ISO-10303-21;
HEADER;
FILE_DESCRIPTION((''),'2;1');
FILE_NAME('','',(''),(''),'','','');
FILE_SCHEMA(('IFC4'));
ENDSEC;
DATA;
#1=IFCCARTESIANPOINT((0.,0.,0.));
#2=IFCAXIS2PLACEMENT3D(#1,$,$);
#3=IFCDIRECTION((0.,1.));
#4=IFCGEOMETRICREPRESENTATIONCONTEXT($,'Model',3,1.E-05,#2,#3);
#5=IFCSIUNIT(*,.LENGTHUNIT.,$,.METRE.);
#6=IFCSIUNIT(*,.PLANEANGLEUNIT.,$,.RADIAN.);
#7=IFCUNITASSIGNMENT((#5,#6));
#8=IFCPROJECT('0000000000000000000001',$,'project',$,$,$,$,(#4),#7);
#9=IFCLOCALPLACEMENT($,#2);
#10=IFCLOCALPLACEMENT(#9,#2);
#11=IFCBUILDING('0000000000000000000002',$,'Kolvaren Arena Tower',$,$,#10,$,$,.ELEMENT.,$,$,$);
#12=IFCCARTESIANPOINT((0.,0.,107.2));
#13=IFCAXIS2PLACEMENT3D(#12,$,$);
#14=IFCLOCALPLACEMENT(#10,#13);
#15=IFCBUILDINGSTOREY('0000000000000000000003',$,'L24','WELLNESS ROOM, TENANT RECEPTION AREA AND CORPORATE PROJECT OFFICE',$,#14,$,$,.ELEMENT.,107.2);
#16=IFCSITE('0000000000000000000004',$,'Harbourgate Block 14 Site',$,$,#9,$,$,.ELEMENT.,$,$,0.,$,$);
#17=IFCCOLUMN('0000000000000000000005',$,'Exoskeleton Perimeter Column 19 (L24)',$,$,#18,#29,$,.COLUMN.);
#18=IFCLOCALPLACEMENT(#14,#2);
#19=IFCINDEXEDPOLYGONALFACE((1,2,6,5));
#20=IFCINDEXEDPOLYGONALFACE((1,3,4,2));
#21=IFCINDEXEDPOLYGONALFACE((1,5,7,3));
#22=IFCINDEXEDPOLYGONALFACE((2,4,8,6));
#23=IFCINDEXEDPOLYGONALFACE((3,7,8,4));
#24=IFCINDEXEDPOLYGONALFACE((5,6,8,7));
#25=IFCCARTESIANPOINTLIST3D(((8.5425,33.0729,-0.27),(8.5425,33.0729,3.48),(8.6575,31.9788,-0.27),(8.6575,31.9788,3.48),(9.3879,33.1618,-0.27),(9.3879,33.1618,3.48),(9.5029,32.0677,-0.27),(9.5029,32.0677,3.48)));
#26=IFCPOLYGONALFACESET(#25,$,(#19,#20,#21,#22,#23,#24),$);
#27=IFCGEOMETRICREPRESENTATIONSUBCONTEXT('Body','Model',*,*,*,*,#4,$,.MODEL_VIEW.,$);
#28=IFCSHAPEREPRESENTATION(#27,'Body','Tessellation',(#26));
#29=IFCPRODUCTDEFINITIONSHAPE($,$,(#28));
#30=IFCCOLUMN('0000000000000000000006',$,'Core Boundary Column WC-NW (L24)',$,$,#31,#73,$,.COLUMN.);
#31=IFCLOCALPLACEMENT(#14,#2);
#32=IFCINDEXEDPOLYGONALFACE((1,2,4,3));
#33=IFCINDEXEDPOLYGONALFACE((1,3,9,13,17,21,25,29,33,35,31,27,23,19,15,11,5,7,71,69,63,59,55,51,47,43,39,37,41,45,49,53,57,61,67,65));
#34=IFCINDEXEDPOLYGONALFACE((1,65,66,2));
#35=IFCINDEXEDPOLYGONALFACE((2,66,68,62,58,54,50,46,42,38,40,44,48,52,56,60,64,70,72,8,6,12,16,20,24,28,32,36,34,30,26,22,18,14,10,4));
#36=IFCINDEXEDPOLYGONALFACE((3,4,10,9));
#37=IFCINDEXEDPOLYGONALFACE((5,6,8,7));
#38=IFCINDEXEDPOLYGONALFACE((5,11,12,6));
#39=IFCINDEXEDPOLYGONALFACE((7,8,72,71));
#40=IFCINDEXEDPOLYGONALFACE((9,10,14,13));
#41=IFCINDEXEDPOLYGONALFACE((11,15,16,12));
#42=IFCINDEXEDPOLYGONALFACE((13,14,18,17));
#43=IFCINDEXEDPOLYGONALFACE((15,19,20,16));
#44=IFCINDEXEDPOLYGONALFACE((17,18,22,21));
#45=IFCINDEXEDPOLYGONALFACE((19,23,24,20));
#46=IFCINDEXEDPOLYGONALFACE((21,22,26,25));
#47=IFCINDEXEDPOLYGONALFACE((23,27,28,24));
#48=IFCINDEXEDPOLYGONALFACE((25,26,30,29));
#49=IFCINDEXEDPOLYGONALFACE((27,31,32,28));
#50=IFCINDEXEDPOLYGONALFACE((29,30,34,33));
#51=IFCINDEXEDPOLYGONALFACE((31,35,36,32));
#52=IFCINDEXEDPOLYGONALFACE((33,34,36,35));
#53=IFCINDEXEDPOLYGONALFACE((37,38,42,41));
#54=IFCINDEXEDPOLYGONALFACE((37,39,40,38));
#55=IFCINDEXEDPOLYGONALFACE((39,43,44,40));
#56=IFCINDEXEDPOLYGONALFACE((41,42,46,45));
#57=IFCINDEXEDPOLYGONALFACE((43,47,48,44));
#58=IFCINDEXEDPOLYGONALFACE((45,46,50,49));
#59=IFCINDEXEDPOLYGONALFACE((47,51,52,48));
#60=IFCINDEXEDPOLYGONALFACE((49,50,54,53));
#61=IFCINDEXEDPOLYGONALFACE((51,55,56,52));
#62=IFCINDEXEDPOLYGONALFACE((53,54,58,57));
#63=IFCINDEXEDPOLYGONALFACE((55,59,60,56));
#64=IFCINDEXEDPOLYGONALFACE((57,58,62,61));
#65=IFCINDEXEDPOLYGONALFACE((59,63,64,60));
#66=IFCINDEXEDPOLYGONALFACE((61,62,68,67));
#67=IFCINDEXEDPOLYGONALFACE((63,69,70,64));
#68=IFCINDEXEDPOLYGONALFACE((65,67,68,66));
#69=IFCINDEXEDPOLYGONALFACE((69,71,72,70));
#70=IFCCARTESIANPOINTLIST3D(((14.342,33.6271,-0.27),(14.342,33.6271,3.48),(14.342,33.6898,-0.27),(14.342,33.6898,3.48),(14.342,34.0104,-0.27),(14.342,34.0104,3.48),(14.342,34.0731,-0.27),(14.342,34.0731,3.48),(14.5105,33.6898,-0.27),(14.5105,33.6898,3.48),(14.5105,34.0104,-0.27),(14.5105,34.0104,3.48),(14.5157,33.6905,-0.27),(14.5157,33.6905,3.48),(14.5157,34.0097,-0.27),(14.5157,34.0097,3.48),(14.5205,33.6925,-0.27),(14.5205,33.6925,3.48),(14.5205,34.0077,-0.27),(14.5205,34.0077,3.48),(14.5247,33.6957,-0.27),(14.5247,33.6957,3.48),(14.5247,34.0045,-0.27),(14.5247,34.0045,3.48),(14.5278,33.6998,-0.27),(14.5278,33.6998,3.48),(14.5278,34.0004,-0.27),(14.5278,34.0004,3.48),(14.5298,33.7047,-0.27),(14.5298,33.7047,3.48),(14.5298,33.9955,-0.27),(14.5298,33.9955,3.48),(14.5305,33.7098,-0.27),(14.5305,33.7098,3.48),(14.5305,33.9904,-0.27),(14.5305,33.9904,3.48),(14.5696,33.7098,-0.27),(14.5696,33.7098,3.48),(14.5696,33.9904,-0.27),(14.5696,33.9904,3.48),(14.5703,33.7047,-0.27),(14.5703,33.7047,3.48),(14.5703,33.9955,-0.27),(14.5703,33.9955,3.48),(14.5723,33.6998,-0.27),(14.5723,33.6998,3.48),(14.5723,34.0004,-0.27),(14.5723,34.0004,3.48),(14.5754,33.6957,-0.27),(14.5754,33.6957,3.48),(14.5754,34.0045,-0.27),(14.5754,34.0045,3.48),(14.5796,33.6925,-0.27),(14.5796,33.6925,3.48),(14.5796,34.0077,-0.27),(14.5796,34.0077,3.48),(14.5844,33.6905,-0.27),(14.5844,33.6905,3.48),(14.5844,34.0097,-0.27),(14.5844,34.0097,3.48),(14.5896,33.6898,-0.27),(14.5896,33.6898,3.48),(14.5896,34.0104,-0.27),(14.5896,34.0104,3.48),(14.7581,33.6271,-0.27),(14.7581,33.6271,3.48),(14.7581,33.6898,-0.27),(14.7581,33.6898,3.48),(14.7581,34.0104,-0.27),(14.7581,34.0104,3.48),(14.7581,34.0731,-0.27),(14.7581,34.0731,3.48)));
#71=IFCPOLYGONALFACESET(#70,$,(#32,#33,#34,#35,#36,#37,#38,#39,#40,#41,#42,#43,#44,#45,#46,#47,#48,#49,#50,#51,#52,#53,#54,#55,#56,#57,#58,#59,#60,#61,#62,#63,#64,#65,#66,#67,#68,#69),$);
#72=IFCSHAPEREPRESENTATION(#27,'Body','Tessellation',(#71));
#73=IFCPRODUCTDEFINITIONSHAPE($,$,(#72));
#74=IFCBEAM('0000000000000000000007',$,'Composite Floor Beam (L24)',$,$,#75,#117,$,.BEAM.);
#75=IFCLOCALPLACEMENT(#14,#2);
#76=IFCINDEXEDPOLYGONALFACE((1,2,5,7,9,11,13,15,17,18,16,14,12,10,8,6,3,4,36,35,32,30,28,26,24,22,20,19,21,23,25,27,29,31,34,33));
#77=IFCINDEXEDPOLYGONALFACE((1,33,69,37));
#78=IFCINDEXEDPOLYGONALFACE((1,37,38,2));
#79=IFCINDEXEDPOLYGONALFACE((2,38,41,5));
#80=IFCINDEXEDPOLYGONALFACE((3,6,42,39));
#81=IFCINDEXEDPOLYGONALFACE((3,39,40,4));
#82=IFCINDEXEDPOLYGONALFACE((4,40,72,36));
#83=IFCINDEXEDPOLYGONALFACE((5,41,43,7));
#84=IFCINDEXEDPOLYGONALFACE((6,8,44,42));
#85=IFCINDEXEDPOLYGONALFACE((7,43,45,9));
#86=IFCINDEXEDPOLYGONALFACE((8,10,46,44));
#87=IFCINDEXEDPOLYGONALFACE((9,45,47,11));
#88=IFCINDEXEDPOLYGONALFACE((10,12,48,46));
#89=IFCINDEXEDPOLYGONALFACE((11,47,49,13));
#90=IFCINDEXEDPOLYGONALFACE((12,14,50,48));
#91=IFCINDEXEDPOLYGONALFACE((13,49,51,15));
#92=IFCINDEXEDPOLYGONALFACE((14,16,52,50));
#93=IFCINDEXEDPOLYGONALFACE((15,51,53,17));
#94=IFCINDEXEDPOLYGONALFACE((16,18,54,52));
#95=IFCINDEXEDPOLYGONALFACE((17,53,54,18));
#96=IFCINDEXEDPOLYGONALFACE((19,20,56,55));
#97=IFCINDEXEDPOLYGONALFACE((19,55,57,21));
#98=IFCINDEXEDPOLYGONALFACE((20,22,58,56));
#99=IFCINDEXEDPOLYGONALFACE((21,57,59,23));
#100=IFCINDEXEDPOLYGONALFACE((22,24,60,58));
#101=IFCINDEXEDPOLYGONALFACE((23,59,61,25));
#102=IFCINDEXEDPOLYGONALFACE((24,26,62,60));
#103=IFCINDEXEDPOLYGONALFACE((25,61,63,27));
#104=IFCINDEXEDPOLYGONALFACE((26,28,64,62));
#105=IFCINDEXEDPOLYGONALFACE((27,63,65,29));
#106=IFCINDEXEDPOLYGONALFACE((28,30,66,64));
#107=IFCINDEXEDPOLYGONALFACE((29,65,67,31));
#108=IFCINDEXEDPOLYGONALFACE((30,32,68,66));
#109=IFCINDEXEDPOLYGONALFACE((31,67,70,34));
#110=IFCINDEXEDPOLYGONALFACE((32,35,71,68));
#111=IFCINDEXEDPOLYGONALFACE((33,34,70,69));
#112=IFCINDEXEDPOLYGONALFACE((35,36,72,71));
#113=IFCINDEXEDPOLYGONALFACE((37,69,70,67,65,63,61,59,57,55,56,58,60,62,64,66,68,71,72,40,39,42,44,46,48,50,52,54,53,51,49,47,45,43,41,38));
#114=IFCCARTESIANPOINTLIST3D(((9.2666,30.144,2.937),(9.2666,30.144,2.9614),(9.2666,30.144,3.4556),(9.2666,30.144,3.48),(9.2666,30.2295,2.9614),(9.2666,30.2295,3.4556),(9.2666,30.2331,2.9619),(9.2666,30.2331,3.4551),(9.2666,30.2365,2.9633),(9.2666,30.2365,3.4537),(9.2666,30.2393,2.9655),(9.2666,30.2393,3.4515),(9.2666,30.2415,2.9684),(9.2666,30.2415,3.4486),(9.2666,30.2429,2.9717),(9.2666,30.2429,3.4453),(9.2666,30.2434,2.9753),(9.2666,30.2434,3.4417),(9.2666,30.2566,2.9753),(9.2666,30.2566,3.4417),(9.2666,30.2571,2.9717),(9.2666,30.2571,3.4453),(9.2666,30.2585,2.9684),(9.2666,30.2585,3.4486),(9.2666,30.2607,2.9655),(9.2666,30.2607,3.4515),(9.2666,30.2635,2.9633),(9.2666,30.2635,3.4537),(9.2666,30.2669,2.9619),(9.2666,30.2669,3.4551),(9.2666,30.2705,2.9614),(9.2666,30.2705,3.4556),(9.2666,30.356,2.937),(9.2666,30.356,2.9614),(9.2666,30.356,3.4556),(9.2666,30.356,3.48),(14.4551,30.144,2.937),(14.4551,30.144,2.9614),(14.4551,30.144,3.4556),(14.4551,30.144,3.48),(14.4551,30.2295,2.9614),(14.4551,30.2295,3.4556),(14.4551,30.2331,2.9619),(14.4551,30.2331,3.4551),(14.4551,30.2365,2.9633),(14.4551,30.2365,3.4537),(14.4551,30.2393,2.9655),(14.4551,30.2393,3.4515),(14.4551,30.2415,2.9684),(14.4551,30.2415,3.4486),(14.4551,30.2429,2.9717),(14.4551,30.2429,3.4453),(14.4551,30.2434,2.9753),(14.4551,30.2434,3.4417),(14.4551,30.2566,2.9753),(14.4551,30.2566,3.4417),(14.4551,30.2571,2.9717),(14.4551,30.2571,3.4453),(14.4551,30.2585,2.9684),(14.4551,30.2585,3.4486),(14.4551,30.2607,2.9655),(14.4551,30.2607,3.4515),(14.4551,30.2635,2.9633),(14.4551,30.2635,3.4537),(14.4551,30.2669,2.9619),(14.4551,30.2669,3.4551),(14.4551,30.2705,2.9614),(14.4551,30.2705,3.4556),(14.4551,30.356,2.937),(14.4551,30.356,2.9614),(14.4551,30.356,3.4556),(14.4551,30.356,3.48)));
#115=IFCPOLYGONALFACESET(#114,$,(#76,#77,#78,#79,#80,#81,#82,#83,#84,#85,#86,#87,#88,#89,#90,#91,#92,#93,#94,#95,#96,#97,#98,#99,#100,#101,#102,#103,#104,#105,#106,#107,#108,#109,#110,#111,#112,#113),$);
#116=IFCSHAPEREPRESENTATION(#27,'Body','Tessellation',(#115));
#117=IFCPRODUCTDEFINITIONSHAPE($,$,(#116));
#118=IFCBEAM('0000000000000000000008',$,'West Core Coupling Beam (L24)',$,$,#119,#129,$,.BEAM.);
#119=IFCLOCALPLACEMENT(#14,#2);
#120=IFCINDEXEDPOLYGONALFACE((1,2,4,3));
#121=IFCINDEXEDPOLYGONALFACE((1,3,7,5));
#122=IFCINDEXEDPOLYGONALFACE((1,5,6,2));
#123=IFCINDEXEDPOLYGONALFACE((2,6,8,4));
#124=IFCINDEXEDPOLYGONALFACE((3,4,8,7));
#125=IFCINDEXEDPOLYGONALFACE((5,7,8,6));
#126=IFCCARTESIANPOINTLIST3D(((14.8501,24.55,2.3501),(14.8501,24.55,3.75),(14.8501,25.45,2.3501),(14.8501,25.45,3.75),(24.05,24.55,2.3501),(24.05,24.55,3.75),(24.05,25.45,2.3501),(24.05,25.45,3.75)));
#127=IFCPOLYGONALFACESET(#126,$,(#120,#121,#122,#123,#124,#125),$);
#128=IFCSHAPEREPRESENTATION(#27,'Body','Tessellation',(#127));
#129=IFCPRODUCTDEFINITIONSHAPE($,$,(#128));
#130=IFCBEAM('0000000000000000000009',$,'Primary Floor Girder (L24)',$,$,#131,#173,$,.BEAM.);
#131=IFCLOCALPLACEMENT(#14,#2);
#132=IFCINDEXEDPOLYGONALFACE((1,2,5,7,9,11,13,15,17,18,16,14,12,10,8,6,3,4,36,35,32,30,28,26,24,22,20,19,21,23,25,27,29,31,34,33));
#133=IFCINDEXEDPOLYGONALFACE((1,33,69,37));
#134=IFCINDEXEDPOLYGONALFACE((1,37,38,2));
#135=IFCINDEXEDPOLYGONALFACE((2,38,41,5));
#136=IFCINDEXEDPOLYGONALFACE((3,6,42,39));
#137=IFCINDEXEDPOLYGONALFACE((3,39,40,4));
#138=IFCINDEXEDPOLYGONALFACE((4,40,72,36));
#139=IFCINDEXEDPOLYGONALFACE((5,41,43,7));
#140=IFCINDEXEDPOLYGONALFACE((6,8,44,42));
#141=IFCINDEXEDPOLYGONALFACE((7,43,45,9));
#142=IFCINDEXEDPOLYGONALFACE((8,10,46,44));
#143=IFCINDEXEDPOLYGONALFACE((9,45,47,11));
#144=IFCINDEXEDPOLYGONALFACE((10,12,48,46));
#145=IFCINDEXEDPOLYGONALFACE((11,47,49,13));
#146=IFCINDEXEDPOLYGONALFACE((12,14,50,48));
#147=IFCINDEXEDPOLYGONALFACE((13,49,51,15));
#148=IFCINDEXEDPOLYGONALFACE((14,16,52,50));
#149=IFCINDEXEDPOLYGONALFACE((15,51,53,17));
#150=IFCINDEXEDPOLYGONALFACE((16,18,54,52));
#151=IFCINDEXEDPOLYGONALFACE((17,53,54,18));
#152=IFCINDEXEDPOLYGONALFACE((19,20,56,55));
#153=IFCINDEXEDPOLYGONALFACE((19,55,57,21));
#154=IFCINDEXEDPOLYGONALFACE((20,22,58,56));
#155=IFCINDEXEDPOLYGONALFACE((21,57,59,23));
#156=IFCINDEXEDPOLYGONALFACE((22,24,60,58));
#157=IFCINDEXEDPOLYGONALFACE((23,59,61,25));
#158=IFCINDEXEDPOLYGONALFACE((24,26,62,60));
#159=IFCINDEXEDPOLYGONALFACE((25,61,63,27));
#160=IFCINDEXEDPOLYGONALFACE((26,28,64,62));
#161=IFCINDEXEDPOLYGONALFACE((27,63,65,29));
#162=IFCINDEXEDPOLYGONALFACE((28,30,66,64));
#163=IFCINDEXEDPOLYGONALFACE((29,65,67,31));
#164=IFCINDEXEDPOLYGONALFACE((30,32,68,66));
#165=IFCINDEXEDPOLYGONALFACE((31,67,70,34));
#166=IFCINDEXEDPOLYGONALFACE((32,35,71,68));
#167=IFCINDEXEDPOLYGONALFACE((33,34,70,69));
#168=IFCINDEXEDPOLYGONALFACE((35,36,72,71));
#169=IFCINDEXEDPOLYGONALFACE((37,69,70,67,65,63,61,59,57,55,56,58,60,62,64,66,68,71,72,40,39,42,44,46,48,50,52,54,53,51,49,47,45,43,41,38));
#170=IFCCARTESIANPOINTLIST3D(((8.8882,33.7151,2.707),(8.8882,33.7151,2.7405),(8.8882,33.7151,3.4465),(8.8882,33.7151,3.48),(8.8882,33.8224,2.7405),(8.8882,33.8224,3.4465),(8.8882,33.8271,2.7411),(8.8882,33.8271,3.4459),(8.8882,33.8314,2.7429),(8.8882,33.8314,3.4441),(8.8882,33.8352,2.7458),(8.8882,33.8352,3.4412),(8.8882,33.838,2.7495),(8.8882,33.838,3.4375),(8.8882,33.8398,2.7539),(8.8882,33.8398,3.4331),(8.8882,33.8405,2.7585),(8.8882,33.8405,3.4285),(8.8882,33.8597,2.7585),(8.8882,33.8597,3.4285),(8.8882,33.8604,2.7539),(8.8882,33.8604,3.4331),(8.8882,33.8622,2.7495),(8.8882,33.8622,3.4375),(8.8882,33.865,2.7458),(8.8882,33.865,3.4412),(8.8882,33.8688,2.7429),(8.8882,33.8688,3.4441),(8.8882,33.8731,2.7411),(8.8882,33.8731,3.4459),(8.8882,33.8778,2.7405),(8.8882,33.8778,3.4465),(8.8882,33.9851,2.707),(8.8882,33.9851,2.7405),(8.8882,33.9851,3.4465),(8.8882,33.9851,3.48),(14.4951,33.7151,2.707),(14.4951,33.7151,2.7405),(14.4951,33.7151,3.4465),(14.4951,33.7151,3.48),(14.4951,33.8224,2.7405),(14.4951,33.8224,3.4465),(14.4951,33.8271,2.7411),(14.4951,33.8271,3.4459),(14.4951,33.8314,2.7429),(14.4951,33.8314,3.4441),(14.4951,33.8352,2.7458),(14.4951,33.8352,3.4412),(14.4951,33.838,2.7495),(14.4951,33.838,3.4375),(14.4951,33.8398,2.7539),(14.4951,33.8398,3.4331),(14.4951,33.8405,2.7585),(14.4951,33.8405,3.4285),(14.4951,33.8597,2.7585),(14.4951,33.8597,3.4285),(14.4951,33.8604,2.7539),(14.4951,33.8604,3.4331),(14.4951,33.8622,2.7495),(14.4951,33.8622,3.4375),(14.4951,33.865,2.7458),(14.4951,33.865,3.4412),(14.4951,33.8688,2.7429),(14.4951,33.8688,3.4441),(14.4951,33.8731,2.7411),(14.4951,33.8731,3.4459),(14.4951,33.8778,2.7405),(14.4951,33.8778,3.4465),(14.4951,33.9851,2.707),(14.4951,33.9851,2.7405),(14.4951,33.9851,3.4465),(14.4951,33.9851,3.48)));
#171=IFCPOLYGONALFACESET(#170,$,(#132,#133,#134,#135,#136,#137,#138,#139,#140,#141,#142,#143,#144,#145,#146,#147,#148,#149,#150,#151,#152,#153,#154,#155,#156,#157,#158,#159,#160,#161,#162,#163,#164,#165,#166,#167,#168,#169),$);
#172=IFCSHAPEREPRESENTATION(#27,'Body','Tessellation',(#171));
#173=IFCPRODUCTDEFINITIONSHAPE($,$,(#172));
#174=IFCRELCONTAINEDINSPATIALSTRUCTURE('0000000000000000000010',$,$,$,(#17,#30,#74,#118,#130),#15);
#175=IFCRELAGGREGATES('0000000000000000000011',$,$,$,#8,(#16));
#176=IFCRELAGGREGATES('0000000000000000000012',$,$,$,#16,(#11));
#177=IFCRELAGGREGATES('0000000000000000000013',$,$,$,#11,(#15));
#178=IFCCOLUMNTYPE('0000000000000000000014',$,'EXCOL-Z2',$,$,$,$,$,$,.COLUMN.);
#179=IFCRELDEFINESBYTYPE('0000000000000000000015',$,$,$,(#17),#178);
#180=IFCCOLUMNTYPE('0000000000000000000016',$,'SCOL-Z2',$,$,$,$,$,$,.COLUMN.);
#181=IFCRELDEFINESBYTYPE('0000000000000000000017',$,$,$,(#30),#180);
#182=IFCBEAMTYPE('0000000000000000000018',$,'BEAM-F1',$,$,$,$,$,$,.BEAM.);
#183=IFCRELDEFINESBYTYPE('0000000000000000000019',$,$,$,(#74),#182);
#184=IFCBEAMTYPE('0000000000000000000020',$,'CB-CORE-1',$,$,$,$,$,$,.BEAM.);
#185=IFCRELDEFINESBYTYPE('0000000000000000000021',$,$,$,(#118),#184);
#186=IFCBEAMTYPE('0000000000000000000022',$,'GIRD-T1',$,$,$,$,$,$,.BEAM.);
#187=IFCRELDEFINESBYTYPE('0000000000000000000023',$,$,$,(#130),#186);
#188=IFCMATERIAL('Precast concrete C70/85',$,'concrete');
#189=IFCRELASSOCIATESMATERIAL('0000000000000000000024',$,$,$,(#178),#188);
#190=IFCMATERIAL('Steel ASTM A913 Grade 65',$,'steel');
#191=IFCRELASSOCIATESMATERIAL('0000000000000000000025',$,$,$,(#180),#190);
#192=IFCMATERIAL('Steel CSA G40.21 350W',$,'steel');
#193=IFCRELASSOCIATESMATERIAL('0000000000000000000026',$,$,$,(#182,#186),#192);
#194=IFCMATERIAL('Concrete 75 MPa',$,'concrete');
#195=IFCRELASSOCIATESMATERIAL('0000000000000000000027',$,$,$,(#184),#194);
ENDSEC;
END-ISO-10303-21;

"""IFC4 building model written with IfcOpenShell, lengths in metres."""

from ifc_helpers import new_model, si_unit, direction, frame, origin, origin_2d, place, context, subcontext, project, spatial, rectangle, i_section, extrude, material, material_profile, profile_set, type_object, element, save


model = new_model("IFC4")

# Units and contexts
model_context = context("Model", 3, precision=1e-05, world=origin(), true_north=direction((0.0, 1.0)))
body_context = subcontext(model_context, "Body", "Model", "MODEL_VIEW")
ifc_project = project(units=[si_unit("LENGTHUNIT", "METRE"), si_unit("PLANEANGLEUNIT", "RADIAN")], contexts=[model_context])

# Site, building, storey
site_placement = place(None, origin())
site = spatial("IfcSite", under=ifc_project, at=site_placement, Name="Harbourgate Block 14 Site", CompositionType="ELEMENT", RefElevation=0.0)
building_placement = place(site_placement, origin())
building = spatial("IfcBuilding", under=site, at=building_placement, Name="Kolvaren Arena Tower", CompositionType="ELEMENT")
storey_placement = place(building_placement, frame((0.0, 0.0, 107.2)))
storey = spatial("IfcBuildingStorey", under=building, at=storey_placement, Name="L24", Description="WELLNESS ROOM, TENANT RECEPTION AREA AND CORPORATE PROJECT OFFICE", CompositionType="ELEMENT", Elevation=107.2)

# Columns
ifc_material_1 = material(Name="Precast concrete C70/85", Category="concrete")
ifc_material_profile_1 = material_profile(ifc_material_1, rectangle(XDim=1.1001, YDim=0.8501, at=origin_2d()), Name="RC-1100x850")
ifc_profile_set_1 = profile_set([ifc_material_profile_1], Name="Precast concrete C70/85")
column_type_1 = type_object("IfcColumnType", Name="EXCOL-Z2", PredefinedType="COLUMN", material=ifc_profile_set_1)
column_1_placement = place(storey_placement, frame((9.0227, 32.5703, -0.27), z_axis=(0.0, 0.0, 1.0), x_axis=(-0.104528, 0.994522, 0.0)))
element("IfcColumn", 1, at=column_1_placement, inside=storey, type_object=column_type_1, Name="Exoskeleton Perimeter Column 19 (L24)", PredefinedType="COLUMN", context=body_context, shape_type="SweptSolid", body=[
    extrude(rectangle(XDim=1.1001, YDim=0.8501, at=origin_2d()), origin(), (0.0, 0.0, 1.0), 3.75),
])
ifc_material_2 = material(Name="Steel ASTM A913 Grade 65", Category="steel")
ifc_material_profile_2 = material_profile(ifc_material_2, i_section(OverallWidth=0.416, OverallDepth=0.446, WebThickness=0.0391, FlangeThickness=0.0627, FilletRadius=0.02, at=origin_2d()), Name="W360x509")
ifc_profile_set_2 = profile_set([ifc_material_profile_2], Name="Steel ASTM A913 Grade 65")
column_type_2 = type_object("IfcColumnType", Name="SCOL-Z2", PredefinedType="COLUMN", material=ifc_profile_set_2)
column_2_placement = place(storey_placement, frame((14.55, 33.8501, -0.27), z_axis=(0.0, 0.0, 1.0), x_axis=(1.0, 0.0, 0.0)))
element("IfcColumn", 2, at=column_2_placement, inside=storey, type_object=column_type_2, Name="Core Boundary Column WC-NW (L24)", PredefinedType="COLUMN", context=body_context, shape_type="SweptSolid", body=[
    extrude(i_section(OverallWidth=0.416, OverallDepth=0.446, WebThickness=0.0391, FlangeThickness=0.0627, FilletRadius=0.02, at=origin_2d()), origin(), (0.0, 0.0, 1.0), 3.75),
])

# Beams
ifc_material_3 = material(Name="Steel CSA G40.21 350W", Category="steel")
ifc_material_profile_3 = material_profile(ifc_material_3, i_section(OverallWidth=0.2119, OverallDepth=0.543, WebThickness=0.0132, FlangeThickness=0.0244, FilletRadius=0.0139, at=origin_2d()), Name="W530x150")
ifc_profile_set_3 = profile_set([ifc_material_profile_3], Name="Steel CSA G40.21 350W")
beam_type_1 = type_object("IfcBeamType", Name="BEAM-F1", PredefinedType="BEAM", material=ifc_profile_set_3)
beam_1_placement = place(storey_placement, frame((9.2666, 30.25, 3.2085), z_axis=(1.0, 0.0, 0.0), x_axis=(0.0, 1.0, 0.0)))
element("IfcBeam", 3, at=beam_1_placement, inside=storey, type_object=beam_type_1, Name="Composite Floor Beam (L24)", PredefinedType="BEAM", context=body_context, shape_type="SweptSolid", body=[
    extrude(i_section(OverallWidth=0.2119, OverallDepth=0.543, WebThickness=0.0132, FlangeThickness=0.0244, FilletRadius=0.0139, at=origin_2d()), origin(), (0.0, 0.0, 1.0), 5.1885),
])
ifc_material_4 = material(Name="Concrete 75 MPa", Category="concrete")
ifc_material_profile_4 = material_profile(ifc_material_4, rectangle(XDim=0.8999, YDim=1.3999, at=origin_2d()), Name="RC-900x1400")
ifc_profile_set_4 = profile_set([ifc_material_profile_4], Name="Concrete 75 MPa")
beam_type_2 = type_object("IfcBeamType", Name="CB-CORE-1", PredefinedType="BEAM", material=ifc_profile_set_4)
beam_2_placement = place(storey_placement, frame((14.8501, 25.0, 3.05), z_axis=(1.0, 0.0, 0.0), x_axis=(0.0, 1.0, 0.0)))
element("IfcBeam", 4, at=beam_2_placement, inside=storey, type_object=beam_type_2, Name="West Core Coupling Beam (L24)", PredefinedType="BEAM", context=body_context, shape_type="SweptSolid", body=[
    extrude(rectangle(XDim=0.8999, YDim=1.3999, at=origin_2d()), origin(), (0.0, 0.0, 1.0), 9.2),
])
ifc_material_profile_5 = material_profile(ifc_material_3, i_section(OverallWidth=0.27, OverallDepth=0.7729, WebThickness=0.0193, FlangeThickness=0.0334, FilletRadius=0.0181, at=origin_2d()), Name="W760x257")
ifc_profile_set_5 = profile_set([ifc_material_profile_5], Name="Steel CSA G40.21 350W")
beam_type_3 = type_object("IfcBeamType", Name="GIRD-T1", PredefinedType="BEAM", material=ifc_profile_set_5)
beam_3_placement = place(storey_placement, frame((8.8882, 33.8501, 3.0935), z_axis=(1.0, 0.0, 0.0), x_axis=(0.0, 1.0, 0.0)))
element("IfcBeam", 5, at=beam_3_placement, inside=storey, type_object=beam_type_3, Name="Primary Floor Girder (L24)", PredefinedType="BEAM", context=body_context, shape_type="SweptSolid", body=[
    extrude(i_section(OverallWidth=0.27, OverallDepth=0.7729, WebThickness=0.0193, FlangeThickness=0.0334, FilletRadius=0.0181, at=origin_2d()), origin(), (0.0, 0.0, 1.0), 5.6069),
])

save(model, "model.ifc")
